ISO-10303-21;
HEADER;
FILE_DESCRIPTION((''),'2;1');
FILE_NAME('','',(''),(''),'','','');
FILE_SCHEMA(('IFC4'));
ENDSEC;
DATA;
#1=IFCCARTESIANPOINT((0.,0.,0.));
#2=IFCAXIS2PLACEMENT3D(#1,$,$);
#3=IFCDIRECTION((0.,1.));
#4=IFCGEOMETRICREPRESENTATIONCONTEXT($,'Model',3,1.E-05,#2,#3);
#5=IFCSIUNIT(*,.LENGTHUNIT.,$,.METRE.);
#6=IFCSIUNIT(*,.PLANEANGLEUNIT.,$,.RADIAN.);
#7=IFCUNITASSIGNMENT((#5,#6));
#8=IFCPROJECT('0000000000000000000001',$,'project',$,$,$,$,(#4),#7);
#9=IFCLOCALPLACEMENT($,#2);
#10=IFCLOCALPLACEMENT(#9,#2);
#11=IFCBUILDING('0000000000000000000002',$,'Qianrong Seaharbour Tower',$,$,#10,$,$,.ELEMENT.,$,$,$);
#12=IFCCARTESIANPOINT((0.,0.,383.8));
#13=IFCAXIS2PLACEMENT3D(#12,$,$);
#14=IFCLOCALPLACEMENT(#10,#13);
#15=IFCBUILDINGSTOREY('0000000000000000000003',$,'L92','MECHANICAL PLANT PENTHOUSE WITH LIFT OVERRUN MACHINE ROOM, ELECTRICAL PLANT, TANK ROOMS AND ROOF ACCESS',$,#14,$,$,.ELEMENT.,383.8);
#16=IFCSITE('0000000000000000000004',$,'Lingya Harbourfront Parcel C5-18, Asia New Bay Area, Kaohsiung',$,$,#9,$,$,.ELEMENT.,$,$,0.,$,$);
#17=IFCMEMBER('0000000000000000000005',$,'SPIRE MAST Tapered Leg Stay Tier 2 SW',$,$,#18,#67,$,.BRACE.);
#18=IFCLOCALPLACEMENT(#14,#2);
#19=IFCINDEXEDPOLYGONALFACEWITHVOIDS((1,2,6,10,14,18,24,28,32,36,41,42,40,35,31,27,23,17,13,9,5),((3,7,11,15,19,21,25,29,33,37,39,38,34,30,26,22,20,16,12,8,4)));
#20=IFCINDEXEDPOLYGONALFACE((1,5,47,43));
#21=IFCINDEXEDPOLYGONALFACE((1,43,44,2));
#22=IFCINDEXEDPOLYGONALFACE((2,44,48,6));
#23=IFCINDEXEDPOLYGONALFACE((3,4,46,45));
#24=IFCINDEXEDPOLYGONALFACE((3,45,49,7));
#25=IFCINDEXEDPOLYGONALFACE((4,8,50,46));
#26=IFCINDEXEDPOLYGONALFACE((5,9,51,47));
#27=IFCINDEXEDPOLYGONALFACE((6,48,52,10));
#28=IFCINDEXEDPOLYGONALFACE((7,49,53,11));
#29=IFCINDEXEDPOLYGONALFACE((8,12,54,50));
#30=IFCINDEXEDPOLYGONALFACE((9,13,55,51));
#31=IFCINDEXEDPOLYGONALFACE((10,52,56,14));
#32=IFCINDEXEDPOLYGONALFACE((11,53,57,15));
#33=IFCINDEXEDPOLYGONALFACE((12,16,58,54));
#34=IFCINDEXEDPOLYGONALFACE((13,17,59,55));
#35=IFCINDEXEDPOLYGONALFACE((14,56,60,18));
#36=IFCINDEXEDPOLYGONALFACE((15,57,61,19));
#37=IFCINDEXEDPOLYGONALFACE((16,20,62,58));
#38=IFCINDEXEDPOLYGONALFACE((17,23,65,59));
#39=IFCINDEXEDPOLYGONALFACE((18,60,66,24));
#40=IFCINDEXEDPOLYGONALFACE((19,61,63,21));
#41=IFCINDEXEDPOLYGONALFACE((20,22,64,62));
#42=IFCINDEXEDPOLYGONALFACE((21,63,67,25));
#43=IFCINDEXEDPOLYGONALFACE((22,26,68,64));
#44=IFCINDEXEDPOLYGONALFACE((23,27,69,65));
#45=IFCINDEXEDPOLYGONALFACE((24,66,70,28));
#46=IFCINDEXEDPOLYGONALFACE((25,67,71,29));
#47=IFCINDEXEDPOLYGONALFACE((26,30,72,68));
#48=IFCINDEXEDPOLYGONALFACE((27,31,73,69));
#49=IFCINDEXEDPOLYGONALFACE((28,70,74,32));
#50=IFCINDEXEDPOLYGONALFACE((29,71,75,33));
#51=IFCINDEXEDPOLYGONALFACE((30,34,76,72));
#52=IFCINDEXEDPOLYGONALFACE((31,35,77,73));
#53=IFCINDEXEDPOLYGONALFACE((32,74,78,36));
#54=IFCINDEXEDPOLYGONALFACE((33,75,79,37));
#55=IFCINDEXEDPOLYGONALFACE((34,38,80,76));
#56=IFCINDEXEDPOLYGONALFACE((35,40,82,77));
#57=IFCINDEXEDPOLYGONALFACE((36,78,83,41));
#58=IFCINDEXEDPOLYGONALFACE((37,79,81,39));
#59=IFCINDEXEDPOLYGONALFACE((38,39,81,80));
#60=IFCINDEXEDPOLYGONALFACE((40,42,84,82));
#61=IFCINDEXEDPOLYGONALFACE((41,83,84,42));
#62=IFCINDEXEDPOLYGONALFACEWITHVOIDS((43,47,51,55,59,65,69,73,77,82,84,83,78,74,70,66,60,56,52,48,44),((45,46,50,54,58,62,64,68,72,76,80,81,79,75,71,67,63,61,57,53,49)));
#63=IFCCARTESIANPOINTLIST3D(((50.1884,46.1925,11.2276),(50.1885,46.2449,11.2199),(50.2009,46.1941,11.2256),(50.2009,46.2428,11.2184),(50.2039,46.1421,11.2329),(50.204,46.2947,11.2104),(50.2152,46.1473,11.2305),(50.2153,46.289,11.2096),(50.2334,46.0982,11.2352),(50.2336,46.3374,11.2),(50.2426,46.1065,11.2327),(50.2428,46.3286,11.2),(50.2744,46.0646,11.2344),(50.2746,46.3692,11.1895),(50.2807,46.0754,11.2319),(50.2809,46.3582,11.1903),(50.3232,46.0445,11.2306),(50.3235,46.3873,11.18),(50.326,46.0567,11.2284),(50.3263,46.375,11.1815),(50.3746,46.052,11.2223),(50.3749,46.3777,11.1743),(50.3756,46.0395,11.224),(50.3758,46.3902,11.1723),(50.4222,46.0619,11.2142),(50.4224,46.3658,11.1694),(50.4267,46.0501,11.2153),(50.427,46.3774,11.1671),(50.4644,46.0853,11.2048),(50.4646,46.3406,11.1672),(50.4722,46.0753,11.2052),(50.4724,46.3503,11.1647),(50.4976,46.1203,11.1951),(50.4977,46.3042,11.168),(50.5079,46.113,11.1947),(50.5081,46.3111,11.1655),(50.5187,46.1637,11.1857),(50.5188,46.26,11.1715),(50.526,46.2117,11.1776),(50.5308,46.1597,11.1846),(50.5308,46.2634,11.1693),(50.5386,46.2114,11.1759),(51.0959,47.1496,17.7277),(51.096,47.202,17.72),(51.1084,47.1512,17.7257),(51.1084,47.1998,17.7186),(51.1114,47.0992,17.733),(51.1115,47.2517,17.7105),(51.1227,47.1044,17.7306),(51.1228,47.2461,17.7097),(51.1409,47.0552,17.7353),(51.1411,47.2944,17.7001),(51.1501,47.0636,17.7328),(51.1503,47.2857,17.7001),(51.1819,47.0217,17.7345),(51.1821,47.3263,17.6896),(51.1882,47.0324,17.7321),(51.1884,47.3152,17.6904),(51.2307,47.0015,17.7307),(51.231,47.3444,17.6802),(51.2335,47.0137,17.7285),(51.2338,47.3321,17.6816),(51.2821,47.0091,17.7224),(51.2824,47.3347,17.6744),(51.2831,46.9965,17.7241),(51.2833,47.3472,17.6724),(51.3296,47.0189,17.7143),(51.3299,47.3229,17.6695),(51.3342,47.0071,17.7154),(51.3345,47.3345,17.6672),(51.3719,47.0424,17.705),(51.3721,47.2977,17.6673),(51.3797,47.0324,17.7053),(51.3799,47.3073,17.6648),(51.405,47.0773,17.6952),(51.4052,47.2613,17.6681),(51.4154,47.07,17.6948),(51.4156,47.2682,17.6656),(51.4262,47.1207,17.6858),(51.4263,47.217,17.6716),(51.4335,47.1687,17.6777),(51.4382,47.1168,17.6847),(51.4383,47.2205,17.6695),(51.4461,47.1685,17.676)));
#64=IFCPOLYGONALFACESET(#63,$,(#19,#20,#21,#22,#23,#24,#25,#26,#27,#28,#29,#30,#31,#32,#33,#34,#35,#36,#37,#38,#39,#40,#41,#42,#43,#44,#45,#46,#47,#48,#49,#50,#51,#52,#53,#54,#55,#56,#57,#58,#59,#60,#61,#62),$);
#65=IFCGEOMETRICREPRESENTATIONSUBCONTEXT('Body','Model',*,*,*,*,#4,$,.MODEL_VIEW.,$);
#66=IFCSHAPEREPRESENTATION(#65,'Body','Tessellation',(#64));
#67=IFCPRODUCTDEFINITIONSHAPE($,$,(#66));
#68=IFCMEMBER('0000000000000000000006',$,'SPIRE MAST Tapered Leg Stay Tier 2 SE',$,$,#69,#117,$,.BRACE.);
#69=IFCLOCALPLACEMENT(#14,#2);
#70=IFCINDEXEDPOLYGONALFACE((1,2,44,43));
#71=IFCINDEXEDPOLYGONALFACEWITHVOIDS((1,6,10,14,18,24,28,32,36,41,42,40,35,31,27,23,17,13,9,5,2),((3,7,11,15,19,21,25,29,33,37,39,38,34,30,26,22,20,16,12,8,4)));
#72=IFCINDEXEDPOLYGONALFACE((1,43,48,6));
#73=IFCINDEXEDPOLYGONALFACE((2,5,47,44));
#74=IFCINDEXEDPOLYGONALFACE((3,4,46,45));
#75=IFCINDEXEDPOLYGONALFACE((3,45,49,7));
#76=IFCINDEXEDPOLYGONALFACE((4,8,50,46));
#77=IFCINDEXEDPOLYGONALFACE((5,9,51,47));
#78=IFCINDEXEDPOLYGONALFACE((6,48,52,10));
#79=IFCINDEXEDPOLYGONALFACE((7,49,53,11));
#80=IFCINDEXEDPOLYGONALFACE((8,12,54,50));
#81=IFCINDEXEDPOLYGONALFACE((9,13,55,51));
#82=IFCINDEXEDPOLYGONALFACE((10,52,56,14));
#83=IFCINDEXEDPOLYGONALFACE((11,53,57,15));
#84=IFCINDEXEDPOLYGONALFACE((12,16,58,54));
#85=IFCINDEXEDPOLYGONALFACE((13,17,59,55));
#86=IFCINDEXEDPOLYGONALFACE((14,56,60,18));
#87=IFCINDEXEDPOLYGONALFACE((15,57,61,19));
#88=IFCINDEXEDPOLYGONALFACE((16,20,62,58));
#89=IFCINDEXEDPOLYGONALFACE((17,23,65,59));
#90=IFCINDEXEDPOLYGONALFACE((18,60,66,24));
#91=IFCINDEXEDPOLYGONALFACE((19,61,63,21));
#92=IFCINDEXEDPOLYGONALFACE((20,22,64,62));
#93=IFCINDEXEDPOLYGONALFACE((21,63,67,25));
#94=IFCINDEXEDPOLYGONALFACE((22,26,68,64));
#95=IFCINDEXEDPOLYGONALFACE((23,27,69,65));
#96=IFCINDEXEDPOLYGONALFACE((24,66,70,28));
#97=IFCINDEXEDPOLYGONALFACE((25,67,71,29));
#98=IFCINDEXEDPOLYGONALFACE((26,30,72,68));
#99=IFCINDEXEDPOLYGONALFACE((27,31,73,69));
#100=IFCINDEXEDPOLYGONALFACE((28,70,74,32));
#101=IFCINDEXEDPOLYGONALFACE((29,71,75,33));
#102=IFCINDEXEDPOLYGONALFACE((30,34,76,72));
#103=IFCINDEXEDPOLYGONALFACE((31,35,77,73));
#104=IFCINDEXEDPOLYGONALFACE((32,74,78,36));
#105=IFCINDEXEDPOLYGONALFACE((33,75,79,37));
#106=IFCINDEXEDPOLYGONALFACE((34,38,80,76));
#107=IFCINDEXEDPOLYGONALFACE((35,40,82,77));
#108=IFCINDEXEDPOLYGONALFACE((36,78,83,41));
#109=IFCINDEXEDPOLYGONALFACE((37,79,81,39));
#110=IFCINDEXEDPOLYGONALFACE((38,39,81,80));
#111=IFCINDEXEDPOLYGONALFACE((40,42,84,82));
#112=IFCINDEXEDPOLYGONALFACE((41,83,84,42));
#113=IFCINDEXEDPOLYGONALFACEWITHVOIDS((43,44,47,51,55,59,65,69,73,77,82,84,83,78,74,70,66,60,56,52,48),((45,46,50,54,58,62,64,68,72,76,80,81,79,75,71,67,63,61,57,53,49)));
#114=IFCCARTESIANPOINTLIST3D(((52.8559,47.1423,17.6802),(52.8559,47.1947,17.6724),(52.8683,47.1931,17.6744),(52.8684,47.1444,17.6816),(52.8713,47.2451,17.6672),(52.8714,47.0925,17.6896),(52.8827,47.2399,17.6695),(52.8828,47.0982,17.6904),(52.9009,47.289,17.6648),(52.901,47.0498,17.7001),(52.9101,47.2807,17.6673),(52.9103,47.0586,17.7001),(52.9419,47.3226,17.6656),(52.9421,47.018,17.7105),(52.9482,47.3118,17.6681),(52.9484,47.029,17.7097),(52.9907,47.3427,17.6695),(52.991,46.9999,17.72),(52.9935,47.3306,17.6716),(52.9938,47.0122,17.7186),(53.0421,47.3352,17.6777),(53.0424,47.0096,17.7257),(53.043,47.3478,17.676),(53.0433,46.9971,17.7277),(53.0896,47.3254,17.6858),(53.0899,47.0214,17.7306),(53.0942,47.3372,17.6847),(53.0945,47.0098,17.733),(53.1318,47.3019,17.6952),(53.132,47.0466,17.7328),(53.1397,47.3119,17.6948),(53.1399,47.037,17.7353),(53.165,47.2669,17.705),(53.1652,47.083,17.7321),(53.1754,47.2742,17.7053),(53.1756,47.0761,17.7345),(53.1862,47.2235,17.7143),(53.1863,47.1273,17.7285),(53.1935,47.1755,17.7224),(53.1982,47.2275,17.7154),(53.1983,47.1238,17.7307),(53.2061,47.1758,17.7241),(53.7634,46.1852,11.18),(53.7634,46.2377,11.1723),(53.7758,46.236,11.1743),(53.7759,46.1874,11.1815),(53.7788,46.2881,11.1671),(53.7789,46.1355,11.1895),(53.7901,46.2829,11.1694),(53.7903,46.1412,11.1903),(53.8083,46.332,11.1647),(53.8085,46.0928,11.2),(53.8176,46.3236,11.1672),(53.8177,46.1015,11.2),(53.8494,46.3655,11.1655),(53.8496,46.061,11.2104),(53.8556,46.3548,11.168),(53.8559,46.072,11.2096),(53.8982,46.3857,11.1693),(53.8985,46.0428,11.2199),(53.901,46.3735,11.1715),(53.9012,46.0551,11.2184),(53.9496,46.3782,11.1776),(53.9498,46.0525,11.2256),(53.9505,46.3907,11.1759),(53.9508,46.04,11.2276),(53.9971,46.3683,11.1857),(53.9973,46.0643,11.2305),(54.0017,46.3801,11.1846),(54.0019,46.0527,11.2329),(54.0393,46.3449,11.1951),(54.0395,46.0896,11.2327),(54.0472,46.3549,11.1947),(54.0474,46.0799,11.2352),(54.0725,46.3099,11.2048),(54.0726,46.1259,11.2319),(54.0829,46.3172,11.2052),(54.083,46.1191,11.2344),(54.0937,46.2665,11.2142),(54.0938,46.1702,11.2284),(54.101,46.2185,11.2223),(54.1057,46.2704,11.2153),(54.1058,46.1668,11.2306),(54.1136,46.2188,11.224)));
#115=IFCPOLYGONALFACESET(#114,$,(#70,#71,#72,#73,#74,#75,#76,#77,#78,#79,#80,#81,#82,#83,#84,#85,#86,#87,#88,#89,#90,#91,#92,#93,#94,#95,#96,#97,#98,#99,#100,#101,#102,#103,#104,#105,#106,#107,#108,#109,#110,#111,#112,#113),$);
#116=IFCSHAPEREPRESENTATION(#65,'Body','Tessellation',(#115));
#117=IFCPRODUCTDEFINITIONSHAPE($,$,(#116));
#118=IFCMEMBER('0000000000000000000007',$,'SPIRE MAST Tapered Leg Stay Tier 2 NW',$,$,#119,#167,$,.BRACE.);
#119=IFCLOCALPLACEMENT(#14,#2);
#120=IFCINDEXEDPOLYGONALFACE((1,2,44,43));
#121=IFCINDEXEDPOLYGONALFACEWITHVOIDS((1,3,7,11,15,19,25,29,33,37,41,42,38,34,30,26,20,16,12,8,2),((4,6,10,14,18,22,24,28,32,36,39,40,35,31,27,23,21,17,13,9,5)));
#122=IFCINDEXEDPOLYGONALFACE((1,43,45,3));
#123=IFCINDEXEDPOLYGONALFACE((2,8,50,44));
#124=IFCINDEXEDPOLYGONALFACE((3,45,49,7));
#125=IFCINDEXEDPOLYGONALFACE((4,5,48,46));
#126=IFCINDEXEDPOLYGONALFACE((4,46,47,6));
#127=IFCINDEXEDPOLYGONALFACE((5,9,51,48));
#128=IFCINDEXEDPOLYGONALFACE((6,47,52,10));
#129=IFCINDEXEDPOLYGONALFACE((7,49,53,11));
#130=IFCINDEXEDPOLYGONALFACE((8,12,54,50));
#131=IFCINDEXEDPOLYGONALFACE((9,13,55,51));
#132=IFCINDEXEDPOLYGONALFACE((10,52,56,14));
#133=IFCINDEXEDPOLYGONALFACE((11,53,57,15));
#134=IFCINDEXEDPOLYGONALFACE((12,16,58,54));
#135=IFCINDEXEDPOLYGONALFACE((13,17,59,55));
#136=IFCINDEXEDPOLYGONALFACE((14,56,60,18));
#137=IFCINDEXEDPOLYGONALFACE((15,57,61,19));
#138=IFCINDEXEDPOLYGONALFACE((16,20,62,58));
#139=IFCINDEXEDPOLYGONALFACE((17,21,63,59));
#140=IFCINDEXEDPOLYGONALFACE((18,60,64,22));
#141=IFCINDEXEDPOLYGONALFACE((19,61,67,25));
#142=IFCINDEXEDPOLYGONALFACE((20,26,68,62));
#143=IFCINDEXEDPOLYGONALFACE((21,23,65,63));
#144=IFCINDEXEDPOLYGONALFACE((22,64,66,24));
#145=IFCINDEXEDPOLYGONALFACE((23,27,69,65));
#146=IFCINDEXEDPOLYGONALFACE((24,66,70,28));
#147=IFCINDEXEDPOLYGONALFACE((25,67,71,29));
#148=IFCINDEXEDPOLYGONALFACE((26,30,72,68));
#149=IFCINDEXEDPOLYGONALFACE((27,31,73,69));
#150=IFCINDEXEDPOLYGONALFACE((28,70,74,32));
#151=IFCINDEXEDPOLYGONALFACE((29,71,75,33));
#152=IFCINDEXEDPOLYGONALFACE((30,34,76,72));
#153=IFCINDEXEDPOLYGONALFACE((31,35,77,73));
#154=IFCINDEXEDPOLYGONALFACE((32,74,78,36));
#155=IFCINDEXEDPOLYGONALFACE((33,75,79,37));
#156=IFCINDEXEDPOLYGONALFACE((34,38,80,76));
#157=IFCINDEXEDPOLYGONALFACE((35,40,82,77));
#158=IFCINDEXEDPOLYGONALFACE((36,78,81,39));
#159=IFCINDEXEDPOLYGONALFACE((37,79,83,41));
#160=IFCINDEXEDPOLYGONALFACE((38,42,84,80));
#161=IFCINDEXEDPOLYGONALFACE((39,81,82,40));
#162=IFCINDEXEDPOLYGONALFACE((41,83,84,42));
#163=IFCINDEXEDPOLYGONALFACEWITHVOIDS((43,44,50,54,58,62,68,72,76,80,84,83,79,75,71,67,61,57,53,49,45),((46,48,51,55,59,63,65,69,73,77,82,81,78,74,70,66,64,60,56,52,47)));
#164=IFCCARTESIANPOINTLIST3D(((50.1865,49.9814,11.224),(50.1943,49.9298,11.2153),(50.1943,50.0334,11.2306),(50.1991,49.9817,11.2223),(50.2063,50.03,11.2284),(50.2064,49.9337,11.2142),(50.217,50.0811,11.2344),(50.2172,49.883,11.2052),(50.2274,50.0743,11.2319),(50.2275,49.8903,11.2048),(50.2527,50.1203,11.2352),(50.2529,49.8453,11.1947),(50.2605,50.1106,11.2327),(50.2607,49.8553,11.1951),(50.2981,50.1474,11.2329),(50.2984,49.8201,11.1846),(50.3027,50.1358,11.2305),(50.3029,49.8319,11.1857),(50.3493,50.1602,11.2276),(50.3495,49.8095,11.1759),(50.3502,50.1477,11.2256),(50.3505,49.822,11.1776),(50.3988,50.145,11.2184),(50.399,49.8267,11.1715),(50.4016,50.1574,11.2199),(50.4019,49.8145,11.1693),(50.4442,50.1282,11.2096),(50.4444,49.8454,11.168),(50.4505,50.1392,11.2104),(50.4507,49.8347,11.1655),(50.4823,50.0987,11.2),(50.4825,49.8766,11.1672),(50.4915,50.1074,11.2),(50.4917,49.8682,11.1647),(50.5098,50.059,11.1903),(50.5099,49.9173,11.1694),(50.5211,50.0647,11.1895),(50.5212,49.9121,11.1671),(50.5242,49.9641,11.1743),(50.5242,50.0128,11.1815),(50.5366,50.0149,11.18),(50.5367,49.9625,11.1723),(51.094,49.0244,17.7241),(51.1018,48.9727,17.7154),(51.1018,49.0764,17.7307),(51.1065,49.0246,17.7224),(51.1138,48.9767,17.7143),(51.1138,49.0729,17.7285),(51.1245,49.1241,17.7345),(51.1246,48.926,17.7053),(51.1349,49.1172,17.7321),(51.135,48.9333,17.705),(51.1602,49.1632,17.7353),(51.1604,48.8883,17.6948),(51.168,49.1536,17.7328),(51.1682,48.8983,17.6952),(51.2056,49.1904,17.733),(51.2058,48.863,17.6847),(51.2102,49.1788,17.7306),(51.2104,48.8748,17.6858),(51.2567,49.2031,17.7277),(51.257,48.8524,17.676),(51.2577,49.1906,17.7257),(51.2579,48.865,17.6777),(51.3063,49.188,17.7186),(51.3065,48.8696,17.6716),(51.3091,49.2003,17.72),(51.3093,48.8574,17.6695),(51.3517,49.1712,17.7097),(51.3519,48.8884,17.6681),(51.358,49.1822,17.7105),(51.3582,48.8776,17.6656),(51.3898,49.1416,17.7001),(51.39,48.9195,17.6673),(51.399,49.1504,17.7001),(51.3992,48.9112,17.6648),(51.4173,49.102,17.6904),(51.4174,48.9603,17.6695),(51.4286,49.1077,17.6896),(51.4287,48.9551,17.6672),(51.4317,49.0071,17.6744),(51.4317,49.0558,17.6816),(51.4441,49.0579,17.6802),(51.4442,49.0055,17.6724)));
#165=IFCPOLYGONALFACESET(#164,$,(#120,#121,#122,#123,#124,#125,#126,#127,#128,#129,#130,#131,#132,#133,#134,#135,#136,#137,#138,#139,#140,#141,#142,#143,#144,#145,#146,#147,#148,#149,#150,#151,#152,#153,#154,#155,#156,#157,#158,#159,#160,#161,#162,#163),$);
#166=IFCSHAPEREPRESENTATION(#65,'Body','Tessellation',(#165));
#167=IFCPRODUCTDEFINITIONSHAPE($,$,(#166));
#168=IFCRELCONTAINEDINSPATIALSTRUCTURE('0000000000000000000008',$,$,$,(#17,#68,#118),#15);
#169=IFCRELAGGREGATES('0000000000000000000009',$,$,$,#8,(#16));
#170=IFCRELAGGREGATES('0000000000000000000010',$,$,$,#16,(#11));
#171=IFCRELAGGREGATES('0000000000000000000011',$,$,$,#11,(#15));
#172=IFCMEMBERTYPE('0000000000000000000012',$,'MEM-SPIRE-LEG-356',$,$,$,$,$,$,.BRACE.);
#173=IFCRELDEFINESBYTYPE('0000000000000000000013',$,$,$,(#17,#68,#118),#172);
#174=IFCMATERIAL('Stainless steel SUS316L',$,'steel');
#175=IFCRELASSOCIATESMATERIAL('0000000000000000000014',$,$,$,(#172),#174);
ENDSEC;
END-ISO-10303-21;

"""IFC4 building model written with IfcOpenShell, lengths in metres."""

from ifc_helpers import new_model, si_unit, direction, frame, origin, origin_2d, place, context, subcontext, project, spatial, hollow_circle, extrude, material, material_profile, profile_set, type_object, element, save


model = new_model("IFC4")

# Units and contexts
model_context = context("Model", 3, precision=1e-05, world=origin(), true_north=direction((0.0, 1.0)))
body_context = subcontext(model_context, "Body", "Model", "MODEL_VIEW")
ifc_project = project(units=[si_unit("LENGTHUNIT", "METRE"), si_unit("PLANEANGLEUNIT", "RADIAN")], contexts=[model_context])

# Site, building, storey
site_placement = place(None, origin())
site = spatial("IfcSite", under=ifc_project, at=site_placement, Name="Lingya Harbourfront Parcel C5-18, Asia New Bay Area, Kaohsiung", CompositionType="ELEMENT", RefElevation=0.0)
building_placement = place(site_placement, origin())
building = spatial("IfcBuilding", under=site, at=building_placement, Name="Qianrong Seaharbour Tower", CompositionType="ELEMENT")
storey_placement = place(building_placement, frame((0.0, 0.0, 383.8)))
storey = spatial("IfcBuildingStorey", under=building, at=storey_placement, Name="L92", Description="MECHANICAL PLANT PENTHOUSE WITH LIFT OVERRUN MACHINE ROOM, ELECTRICAL PLANT, TANK ROOMS AND ROOF ACCESS", CompositionType="ELEMENT", Elevation=383.8)

# Shared definitions
ifc_material = material(Name="Stainless steel SUS316L", Category="steel")

# Members
ifc_material_profile_1 = material_profile(ifc_material, hollow_circle(Radius=0.1777, WallThickness=0.0127, at=origin_2d()), Name="CHS355.6x12.7")
ifc_profile_set_1 = profile_set([ifc_material_profile_1], Name="Stainless steel SUS316L")
member_type_1 = type_object("IfcMemberType", Name="MEM-SPIRE-LEG-356", PredefinedType="BRACE", material=ifc_profile_set_1)
for number, where, z_axis, x_axis, name in (
    (1, (50.3625, 46.2151, 11.2), (0.136823, 0.144295, 0.98003), (-0.725646, 0.688068, 0.0), "SPIRE MAST Tapered Leg Stay Tier 2 SW"),
    (2, (53.9375, 46.2151, 11.2), (-0.136823, 0.144295, 0.98003), (-0.725646, -0.688068, 0.0), "SPIRE MAST Tapered Leg Stay Tier 2 SE"),
    (3, (50.3625, 49.9851, 11.2), (0.136823, -0.144295, 0.98003), (0.725646, 0.688068, 0.0), "SPIRE MAST Tapered Leg Stay Tier 2 NW"),
):
    element("IfcMember", number, at=place(storey_placement, frame(where, z_axis=z_axis, x_axis=x_axis)), inside=storey, type_object=member_type_1, Name=name, PredefinedType="BRACE", context=body_context, shape_type="SweptSolid", body=[
        extrude(hollow_circle(Radius=0.1777, WallThickness=0.0127, at=origin_2d()), origin(), (0.0, 0.0, 1.0), 6.6326),
    ])

save(model, "model.ifc")
